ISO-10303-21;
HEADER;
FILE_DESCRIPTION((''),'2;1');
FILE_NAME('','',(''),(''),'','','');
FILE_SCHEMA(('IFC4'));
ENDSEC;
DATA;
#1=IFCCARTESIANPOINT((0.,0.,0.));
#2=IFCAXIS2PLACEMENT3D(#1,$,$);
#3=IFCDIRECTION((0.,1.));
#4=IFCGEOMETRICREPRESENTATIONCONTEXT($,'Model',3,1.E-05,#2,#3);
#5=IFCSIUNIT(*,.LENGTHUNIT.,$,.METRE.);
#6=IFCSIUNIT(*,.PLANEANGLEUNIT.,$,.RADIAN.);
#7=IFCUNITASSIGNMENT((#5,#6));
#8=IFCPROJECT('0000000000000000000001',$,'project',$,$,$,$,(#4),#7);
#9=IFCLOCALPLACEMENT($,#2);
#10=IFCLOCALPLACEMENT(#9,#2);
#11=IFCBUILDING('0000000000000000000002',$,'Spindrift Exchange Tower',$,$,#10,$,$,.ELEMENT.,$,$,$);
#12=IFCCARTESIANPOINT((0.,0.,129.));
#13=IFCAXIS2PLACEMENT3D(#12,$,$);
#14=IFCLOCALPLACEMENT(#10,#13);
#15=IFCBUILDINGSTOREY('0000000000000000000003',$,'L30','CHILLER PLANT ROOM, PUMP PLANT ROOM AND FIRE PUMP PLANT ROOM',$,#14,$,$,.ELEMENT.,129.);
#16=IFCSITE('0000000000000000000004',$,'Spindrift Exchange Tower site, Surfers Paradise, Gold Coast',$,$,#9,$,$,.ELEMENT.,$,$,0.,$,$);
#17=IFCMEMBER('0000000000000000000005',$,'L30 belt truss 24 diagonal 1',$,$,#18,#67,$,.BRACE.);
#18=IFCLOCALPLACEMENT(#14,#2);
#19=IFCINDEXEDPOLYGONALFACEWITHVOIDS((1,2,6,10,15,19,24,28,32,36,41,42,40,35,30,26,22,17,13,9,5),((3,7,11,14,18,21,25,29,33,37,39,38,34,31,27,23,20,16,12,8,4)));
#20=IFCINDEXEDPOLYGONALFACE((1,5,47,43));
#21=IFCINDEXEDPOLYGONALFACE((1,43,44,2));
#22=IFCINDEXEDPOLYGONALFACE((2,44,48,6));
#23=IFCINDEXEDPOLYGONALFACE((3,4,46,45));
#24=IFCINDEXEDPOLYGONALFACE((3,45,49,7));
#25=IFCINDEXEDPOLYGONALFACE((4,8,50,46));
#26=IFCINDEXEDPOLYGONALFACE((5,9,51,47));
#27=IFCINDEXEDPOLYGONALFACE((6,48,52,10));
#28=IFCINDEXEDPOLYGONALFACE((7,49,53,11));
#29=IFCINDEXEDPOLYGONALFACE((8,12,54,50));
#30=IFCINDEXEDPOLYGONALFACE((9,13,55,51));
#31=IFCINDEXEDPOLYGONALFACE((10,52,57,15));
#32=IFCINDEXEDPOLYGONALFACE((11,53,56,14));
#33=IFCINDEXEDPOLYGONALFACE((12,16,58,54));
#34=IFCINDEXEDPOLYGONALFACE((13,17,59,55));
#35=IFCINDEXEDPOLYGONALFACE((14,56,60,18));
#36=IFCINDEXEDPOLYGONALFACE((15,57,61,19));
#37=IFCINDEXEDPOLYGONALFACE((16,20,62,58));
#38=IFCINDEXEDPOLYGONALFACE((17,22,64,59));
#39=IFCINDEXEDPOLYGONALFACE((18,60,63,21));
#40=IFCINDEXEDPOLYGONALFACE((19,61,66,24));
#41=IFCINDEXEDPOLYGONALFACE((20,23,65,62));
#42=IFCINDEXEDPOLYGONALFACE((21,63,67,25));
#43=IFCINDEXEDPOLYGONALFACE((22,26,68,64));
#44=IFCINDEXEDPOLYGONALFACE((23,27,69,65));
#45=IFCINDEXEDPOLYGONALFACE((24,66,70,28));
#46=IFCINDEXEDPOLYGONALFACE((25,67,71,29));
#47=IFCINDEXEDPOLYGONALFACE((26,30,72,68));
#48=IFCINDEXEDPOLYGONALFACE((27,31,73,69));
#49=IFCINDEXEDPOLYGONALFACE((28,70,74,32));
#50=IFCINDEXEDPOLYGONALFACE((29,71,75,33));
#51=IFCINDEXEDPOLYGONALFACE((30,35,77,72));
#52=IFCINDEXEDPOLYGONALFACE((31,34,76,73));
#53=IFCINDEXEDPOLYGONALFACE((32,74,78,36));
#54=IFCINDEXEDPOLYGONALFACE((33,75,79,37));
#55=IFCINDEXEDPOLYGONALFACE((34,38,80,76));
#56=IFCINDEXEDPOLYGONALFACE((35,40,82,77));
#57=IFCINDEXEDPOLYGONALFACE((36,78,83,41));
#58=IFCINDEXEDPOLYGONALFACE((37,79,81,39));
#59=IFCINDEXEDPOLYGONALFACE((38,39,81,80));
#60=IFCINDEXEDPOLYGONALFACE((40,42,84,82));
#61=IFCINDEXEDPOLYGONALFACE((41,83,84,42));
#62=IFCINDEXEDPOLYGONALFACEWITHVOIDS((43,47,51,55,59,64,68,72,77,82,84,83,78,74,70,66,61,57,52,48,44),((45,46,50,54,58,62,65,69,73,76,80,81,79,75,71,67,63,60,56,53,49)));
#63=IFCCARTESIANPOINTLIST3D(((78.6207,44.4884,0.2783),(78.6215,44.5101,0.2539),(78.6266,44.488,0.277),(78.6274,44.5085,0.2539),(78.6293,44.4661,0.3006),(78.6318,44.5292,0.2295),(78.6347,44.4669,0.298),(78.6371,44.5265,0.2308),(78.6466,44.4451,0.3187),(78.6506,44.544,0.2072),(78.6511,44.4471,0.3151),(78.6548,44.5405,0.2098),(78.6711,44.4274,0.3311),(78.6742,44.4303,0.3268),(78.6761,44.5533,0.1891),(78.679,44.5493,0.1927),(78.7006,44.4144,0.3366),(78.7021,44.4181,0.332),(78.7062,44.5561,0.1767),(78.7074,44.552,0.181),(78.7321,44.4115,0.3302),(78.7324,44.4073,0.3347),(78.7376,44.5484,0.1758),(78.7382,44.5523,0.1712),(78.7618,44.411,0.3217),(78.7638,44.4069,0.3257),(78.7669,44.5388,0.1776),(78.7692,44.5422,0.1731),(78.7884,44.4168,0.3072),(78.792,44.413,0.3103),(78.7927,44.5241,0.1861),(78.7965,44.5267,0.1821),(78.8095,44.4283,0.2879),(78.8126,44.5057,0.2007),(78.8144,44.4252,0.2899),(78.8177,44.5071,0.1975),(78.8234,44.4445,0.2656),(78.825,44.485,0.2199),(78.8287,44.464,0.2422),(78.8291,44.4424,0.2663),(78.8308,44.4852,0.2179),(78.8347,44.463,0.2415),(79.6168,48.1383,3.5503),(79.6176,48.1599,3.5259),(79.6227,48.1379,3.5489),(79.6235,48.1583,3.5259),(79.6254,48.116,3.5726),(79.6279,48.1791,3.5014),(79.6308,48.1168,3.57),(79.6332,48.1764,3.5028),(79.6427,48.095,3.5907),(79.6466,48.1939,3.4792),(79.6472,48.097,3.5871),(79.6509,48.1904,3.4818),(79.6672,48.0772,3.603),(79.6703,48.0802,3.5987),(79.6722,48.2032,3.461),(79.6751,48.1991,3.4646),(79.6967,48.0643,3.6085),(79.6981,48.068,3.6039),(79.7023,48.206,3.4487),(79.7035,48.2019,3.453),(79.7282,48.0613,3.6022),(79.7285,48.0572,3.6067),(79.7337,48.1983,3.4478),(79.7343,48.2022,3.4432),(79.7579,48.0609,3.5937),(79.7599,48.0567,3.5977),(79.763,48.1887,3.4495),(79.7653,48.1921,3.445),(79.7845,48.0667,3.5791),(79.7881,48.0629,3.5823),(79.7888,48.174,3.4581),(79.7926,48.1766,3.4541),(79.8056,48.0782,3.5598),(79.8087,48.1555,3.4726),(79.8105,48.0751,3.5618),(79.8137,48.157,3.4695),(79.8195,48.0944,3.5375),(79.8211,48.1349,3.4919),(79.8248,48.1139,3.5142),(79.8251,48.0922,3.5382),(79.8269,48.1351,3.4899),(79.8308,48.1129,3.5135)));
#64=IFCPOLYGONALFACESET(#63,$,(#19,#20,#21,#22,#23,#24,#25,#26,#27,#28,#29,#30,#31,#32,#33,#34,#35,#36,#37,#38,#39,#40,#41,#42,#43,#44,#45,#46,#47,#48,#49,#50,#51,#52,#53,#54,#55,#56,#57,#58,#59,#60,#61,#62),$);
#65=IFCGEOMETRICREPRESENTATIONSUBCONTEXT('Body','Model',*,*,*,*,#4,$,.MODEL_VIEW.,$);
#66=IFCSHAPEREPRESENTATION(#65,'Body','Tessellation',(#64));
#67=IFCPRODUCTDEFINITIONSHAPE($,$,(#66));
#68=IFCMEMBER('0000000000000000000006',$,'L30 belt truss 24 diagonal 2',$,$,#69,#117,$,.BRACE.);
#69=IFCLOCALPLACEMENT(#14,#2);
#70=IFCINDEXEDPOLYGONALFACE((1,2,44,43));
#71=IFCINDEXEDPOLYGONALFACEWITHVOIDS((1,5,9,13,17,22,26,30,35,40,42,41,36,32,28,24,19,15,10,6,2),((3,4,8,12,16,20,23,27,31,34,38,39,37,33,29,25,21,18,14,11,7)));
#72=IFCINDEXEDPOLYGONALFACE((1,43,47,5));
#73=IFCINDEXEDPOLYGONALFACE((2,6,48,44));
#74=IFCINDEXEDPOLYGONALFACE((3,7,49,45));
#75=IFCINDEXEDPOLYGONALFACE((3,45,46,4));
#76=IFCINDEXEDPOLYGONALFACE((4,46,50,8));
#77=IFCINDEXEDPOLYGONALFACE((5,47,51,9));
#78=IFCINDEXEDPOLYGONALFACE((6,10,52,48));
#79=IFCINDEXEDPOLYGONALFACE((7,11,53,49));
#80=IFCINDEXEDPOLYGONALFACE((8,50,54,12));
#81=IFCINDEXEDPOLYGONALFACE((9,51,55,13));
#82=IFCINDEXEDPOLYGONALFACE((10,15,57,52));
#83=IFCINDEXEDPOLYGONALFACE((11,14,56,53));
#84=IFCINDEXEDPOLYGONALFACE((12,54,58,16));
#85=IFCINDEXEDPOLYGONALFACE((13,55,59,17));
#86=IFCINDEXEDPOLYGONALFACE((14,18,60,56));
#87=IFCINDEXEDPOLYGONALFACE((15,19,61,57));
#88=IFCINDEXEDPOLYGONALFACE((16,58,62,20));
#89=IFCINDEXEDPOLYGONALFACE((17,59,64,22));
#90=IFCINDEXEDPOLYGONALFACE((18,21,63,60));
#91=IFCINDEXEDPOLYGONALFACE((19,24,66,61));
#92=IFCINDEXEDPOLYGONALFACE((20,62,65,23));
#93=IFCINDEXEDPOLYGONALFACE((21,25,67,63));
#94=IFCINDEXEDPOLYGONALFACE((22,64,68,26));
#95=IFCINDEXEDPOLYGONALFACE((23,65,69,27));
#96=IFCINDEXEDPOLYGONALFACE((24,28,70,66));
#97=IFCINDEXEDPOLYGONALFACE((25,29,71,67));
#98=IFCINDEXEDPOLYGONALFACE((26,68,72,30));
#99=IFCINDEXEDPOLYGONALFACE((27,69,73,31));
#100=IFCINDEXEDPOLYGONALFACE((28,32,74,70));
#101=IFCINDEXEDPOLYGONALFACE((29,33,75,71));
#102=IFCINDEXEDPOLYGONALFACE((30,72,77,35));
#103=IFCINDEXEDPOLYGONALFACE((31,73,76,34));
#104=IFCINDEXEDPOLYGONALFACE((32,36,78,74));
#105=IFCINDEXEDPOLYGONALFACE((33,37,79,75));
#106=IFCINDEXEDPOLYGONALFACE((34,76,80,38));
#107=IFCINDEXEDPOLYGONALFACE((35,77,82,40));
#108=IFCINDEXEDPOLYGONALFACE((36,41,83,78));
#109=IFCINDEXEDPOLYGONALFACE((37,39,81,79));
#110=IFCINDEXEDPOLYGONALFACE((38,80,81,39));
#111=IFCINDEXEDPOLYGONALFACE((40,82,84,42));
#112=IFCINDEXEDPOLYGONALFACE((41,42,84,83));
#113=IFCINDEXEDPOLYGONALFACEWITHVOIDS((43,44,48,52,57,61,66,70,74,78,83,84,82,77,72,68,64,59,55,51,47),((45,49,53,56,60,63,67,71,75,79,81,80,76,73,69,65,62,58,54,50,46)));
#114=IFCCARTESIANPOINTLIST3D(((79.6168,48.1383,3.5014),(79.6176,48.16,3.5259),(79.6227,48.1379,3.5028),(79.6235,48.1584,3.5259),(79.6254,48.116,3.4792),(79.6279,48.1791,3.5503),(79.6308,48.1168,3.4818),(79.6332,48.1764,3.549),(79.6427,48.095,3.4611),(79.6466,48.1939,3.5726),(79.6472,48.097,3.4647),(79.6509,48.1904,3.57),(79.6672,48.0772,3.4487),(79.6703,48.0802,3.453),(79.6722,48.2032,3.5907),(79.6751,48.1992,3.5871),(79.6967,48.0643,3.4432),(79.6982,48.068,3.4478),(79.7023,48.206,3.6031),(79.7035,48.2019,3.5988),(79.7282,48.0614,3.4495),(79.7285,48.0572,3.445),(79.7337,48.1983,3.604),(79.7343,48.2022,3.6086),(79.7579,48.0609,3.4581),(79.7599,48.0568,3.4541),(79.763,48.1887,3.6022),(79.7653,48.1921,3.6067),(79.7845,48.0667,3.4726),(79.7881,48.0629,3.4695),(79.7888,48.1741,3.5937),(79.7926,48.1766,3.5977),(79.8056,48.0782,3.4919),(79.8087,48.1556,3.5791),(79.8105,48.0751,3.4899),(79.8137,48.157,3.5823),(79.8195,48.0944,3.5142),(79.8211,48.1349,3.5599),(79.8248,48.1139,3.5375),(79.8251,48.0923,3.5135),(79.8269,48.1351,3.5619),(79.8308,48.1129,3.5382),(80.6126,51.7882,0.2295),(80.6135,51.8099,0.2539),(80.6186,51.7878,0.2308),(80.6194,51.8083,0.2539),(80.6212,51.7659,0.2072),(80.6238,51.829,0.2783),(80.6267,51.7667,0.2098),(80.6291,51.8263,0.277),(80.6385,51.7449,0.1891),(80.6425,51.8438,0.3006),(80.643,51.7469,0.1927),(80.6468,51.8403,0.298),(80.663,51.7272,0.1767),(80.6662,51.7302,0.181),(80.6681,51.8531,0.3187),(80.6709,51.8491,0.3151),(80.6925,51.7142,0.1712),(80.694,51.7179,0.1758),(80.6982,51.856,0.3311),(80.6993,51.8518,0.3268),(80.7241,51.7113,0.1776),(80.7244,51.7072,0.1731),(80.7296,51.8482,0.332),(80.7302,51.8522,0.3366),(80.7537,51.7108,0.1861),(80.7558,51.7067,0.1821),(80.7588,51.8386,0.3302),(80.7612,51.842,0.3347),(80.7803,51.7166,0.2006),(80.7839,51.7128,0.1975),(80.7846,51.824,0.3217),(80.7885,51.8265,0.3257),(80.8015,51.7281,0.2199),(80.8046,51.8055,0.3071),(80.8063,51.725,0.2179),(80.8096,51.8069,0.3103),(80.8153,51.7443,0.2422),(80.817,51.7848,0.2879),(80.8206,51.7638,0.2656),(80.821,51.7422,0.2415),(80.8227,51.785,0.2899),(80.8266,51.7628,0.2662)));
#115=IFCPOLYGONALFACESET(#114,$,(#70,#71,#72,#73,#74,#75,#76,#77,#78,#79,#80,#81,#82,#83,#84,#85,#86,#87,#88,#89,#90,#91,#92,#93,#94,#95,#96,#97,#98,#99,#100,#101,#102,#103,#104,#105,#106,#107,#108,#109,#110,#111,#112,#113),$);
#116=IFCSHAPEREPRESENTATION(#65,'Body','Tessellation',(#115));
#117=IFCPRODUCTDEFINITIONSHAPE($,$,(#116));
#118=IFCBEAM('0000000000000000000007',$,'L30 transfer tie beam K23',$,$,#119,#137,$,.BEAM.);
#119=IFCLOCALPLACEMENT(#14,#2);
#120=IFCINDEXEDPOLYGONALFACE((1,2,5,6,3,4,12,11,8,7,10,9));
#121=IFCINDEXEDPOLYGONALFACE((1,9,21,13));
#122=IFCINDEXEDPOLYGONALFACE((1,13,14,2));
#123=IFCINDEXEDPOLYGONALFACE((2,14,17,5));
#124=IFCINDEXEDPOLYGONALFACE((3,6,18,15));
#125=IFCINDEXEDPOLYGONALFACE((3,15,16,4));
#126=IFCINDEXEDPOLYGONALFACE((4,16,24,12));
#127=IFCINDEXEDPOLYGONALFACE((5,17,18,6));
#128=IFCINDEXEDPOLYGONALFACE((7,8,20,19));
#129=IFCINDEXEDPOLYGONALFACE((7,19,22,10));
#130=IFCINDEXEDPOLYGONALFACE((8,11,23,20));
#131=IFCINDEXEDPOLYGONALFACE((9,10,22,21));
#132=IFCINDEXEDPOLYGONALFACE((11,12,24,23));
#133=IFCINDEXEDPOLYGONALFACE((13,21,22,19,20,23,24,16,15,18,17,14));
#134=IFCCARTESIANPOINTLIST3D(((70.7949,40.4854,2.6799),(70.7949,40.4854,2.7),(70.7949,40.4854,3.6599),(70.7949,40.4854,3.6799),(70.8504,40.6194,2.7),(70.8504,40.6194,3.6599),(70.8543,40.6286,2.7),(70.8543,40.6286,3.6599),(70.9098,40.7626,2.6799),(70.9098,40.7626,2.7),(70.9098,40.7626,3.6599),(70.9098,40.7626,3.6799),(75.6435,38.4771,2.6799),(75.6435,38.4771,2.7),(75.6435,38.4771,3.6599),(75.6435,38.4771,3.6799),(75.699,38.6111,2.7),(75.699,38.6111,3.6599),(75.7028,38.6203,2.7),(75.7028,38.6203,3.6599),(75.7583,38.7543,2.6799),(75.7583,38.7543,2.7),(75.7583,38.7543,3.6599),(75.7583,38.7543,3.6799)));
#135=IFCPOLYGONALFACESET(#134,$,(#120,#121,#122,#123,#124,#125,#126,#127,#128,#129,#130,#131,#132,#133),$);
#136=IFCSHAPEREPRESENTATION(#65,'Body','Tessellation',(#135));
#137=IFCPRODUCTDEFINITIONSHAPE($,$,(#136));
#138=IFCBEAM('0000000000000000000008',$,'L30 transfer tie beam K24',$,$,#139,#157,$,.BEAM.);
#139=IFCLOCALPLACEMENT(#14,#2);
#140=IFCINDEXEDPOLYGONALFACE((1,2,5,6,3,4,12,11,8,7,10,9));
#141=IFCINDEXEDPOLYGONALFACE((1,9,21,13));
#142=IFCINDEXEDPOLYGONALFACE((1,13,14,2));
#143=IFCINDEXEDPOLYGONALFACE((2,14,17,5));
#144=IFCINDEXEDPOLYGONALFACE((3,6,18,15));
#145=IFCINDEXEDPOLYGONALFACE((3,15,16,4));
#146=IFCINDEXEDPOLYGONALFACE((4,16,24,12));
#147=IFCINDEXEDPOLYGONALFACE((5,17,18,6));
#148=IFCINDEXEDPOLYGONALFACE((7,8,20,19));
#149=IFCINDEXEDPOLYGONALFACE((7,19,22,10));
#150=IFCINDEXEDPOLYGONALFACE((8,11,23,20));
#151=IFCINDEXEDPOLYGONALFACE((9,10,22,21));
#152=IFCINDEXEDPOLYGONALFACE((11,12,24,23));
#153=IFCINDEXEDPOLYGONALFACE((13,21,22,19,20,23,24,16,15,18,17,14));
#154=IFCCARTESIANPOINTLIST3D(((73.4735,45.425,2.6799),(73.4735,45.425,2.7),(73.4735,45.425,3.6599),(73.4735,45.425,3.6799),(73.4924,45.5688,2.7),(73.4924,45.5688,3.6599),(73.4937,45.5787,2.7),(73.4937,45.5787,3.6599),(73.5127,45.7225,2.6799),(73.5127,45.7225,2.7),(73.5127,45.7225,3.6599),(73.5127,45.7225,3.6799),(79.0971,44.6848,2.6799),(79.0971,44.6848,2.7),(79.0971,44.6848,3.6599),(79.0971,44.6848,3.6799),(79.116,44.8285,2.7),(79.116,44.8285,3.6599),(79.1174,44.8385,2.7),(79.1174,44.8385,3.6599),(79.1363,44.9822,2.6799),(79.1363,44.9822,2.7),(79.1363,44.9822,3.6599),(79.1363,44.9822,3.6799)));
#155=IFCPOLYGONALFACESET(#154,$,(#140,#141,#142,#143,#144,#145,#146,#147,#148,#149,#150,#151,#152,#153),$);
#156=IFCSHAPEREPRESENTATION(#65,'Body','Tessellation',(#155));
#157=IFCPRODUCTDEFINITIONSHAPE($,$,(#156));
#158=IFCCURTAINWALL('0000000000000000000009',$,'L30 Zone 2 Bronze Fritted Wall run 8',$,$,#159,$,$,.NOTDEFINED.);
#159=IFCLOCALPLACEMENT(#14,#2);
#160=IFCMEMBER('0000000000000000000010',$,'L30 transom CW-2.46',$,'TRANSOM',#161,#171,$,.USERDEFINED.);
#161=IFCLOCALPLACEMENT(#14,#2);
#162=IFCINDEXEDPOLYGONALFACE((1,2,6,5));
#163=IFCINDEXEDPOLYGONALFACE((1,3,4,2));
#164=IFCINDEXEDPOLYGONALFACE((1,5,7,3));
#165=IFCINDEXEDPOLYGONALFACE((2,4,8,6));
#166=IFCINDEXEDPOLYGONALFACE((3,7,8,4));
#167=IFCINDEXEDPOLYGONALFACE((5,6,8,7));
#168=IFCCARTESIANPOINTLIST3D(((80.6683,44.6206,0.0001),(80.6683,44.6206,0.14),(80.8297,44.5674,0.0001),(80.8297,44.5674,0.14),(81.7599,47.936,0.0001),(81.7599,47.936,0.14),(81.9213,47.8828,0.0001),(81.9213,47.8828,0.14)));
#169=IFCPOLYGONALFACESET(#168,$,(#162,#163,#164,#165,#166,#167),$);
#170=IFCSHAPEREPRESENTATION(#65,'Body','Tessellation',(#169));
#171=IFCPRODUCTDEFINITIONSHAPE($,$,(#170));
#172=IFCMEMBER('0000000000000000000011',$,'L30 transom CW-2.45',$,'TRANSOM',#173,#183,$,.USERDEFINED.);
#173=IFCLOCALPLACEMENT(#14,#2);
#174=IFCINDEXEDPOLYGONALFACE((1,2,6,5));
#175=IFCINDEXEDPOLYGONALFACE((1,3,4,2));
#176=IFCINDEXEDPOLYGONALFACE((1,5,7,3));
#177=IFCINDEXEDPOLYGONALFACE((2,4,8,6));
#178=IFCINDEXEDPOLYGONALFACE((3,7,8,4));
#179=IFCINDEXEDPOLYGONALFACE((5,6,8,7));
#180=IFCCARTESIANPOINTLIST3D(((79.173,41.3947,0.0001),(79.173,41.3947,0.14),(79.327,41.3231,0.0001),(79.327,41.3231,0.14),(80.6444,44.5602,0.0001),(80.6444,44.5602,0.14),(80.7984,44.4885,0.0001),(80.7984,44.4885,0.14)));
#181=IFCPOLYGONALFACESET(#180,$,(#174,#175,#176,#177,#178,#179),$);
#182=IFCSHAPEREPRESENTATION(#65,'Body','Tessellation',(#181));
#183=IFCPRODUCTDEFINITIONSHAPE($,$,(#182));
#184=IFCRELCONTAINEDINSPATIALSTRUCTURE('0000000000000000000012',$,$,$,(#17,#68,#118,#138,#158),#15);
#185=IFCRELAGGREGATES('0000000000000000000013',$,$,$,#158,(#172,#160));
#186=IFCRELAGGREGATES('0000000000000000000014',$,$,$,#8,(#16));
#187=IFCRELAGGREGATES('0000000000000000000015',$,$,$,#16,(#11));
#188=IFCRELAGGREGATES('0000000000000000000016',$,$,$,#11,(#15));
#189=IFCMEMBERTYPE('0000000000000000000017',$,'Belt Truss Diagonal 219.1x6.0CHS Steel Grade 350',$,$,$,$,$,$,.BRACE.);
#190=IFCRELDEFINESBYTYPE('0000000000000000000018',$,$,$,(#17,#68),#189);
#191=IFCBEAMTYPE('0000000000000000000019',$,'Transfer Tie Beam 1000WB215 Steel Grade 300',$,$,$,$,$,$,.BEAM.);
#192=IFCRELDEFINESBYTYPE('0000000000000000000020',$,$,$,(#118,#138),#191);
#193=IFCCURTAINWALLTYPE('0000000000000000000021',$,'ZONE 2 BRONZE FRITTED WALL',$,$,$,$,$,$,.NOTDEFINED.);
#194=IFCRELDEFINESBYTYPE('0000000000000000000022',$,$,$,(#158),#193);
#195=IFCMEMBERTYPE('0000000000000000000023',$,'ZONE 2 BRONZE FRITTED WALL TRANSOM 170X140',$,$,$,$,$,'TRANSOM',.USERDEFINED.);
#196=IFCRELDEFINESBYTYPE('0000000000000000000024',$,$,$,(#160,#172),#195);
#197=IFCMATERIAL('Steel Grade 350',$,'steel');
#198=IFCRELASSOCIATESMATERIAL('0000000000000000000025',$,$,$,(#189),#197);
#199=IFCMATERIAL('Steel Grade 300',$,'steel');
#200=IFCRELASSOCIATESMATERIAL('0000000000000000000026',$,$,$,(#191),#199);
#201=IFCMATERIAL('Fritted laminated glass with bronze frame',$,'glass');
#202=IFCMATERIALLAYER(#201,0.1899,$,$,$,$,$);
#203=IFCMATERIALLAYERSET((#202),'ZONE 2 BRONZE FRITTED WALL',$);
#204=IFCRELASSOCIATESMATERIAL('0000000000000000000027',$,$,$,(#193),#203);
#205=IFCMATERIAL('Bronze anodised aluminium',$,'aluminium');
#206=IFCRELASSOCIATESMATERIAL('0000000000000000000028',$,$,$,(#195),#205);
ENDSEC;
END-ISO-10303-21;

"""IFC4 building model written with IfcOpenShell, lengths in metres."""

from ifc_helpers import new_model, si_unit, direction, frame, origin, origin_2d, place, context, subcontext, project, spatial, rectangle, hollow_circle, i_section, extrude, source, transform, mapped, material, layer, layer_set, material_profile, profile_set, type_object, element, aggregate, save


model = new_model("IFC4")

# Units and contexts
model_context = context("Model", 3, precision=1e-05, world=origin(), true_north=direction((0.0, 1.0)))
body_context = subcontext(model_context, "Body", "Model", "MODEL_VIEW")
ifc_project = project(units=[si_unit("LENGTHUNIT", "METRE"), si_unit("PLANEANGLEUNIT", "RADIAN")], contexts=[model_context])

# Site, building, storey
site_placement = place(None, origin())
site = spatial("IfcSite", under=ifc_project, at=site_placement, Name="Spindrift Exchange Tower site, Surfers Paradise, Gold Coast", CompositionType="ELEMENT", RefElevation=0.0)
building_placement = place(site_placement, origin())
building = spatial("IfcBuilding", under=site, at=building_placement, Name="Spindrift Exchange Tower", CompositionType="ELEMENT")
storey_placement = place(building_placement, frame((0.0, 0.0, 129.0)))
storey = spatial("IfcBuildingStorey", under=building, at=storey_placement, Name="L30", Description="CHILLER PLANT ROOM, PUMP PLANT ROOM AND FIRE PUMP PLANT ROOM", CompositionType="ELEMENT", Elevation=129.0)

# Members
ifc_material_1 = material(Name="Steel Grade 300", Category="steel")
ifc_material_2 = material(Name="Steel Grade 350", Category="steel")
ifc_material_profile_1 = material_profile(ifc_material_2, hollow_circle(Radius=0.1096, WallThickness=0.0061, at=origin_2d()), Name="219.1x6.0CHS")
ifc_profile_set_1 = profile_set([ifc_material_profile_1], Name="Steel Grade 350")
member_type_1 = type_object("IfcMemberType", Name="Belt Truss Diagonal 219.1x6.0CHS Steel Grade 350", PredefinedType="BRACE", material=ifc_profile_set_1)
shared_shape_1 = source(origin(), body_context, "Body", "SweptSolid", [
    extrude(hollow_circle(Radius=0.1096, WallThickness=0.0061, at=origin_2d()), origin(), (0.0, 0.0, 1.0), 5.002),
])
for number, where, z_axis, x_axis, name in (
    (1, (78.7273, 44.4812, 0.2539), (0.19914, 0.729692, 0.654136), (-0.964719, 0.263281, 0.0), "L30 belt truss 24 diagonal 1"),
    (2, (79.7234, 48.1311, 3.5259), (0.199093, 0.729699, -0.654142), (-0.964736, 0.263221, 0.0), "L30 belt truss 24 diagonal 2"),
):
    element("IfcMember", number, at=place(storey_placement, frame(where, z_axis=z_axis, x_axis=x_axis)), inside=storey, type_object=member_type_1, Name=name, PredefinedType="BRACE", context=body_context, shape_type="MappedRepresentation", body=[
        mapped(shared_shape_1, transform((0.0, 0.0, 0.0), scale=1.0)),
    ])

# Beams
ifc_material_profile_2 = material_profile(ifc_material_1, i_section(OverallWidth=0.3, OverallDepth=1.0, WebThickness=0.01, FlangeThickness=0.02, at=origin_2d()), Name="1000WB215")
ifc_profile_set_2 = profile_set([ifc_material_profile_2], Name="Steel Grade 300")
beam_type = type_object("IfcBeamType", Name="Transfer Tie Beam 1000WB215 Steel Grade 300", PredefinedType="BEAM", material=ifc_profile_set_2)
shared_shape_2 = source(origin(), body_context, "Body", "SweptSolid", [
    extrude(i_section(OverallWidth=0.3, OverallDepth=1.0, WebThickness=0.01, FlangeThickness=0.02, at=origin_2d()), origin(), (0.0, 0.0, 1.0), 5.248),
])
beam_1_placement = place(storey_placement, frame((75.7009, 38.6157, 3.1799), z_axis=(-0.923884, 0.382672, 0.0), x_axis=(-0.382672, -0.923884, 0.0)))
element("IfcBeam", 3, at=beam_1_placement, inside=storey, type_object=beam_type, Name="L30 transfer tie beam K23", PredefinedType="BEAM", context=body_context, shape_type="MappedRepresentation", body=[
    mapped(shared_shape_2, transform((0.0, 0.0, 0.0), scale=1.0)),
])
shared_shape_3 = source(origin(), body_context, "Body", "SweptSolid", [
    extrude(i_section(OverallWidth=0.3, OverallDepth=1.0, WebThickness=0.01, FlangeThickness=0.02, at=origin_2d()), origin(), (0.0, 0.0, 1.0), 5.6721),
])
beam_2_placement = place(storey_placement, frame((79.1167, 44.8335, 3.1799), z_axis=(-0.991448, 0.130506, 0.0), x_axis=(-0.130506, -0.991448, 0.0)))
element("IfcBeam", 4, at=beam_2_placement, inside=storey, type_object=beam_type, Name="L30 transfer tie beam K24", PredefinedType="BEAM", context=body_context, shape_type="MappedRepresentation", body=[
    mapped(shared_shape_3, transform((0.0, 0.0, 0.0), scale=1.0)),
])

# Curtain wall, members
ifc_material_3 = material(Name="Fritted laminated glass with bronze frame", Category="glass")
ifc_layer_1 = layer(ifc_material_3, 0.1899)
ifc_layer_set_1 = layer_set([ifc_layer_1], Name="ZONE 2 BRONZE FRITTED WALL")
curtain_wall_type = type_object("IfcCurtainWallType", Name="ZONE 2 BRONZE FRITTED WALL", PredefinedType="NOTDEFINED", material=ifc_layer_set_1)
curtain_wall_placement = place(storey_placement, origin())
curtain_wall = element("IfcCurtainWall", 5, at=curtain_wall_placement, inside=storey, type_object=curtain_wall_type, Name="L30 Zone 2 Bronze Fritted Wall run 8", PredefinedType="NOTDEFINED")
ifc_material_4 = material(Name="Bronze anodised aluminium", Category="aluminium")
ifc_material_profile_3 = material_profile(ifc_material_4, rectangle(XDim=0.1699, YDim=0.1399, at=origin_2d()), Name="ZONE 2 BRONZE FRITTED WALL TRANSOM 170X140")
ifc_profile_set_3 = profile_set([ifc_material_profile_3], Name="Bronze anodised aluminium")
member_type_2 = type_object("IfcMemberType", Name="ZONE 2 BRONZE FRITTED WALL TRANSOM 170X140", ElementType="TRANSOM", PredefinedType="USERDEFINED", material=ifc_profile_set_3)
shared_shape_4 = source(origin(), body_context, "Body", "SweptSolid", [
    extrude(rectangle(XDim=0.1699, YDim=0.1399, at=origin_2d()), origin(), (0.0, 0.0, 1.0), 3.4905),
])
member_1_placement = place(storey_placement, frame((80.749, 44.594, 0.0701), z_axis=(0.312721, 0.949845, 0.0), x_axis=(-0.949845, 0.312721, 0.0)))
member_1 = element("IfcMember", 6, at=member_1_placement, type_object=member_type_2, Name="L30 transom CW-2.46", ObjectType="TRANSOM", PredefinedType="USERDEFINED", context=body_context, shape_type="MappedRepresentation", body=[
    mapped(shared_shape_4, transform((0.0, 0.0, 0.0), scale=1.0)),
])
shared_shape_5 = source(origin(), body_context, "Body", "SweptSolid", [
    extrude(rectangle(XDim=0.1699, YDim=0.1399, at=origin_2d()), origin(), (0.0, 0.0, 1.0), 3.4907),
])
member_2_placement = place(storey_placement, frame((79.25, 41.3589, 0.0701), z_axis=(0.421518, 0.90682, 0.0), x_axis=(-0.90682, 0.421518, 0.0)))
member_2 = element("IfcMember", 7, at=member_2_placement, type_object=member_type_2, Name="L30 transom CW-2.45", ObjectType="TRANSOM", PredefinedType="USERDEFINED", context=body_context, shape_type="MappedRepresentation", body=[
    mapped(shared_shape_5, transform((0.0, 0.0, 0.0), scale=1.0)),
])
aggregate(curtain_wall, [member_2, member_1])

save(model, "model.ifc")
